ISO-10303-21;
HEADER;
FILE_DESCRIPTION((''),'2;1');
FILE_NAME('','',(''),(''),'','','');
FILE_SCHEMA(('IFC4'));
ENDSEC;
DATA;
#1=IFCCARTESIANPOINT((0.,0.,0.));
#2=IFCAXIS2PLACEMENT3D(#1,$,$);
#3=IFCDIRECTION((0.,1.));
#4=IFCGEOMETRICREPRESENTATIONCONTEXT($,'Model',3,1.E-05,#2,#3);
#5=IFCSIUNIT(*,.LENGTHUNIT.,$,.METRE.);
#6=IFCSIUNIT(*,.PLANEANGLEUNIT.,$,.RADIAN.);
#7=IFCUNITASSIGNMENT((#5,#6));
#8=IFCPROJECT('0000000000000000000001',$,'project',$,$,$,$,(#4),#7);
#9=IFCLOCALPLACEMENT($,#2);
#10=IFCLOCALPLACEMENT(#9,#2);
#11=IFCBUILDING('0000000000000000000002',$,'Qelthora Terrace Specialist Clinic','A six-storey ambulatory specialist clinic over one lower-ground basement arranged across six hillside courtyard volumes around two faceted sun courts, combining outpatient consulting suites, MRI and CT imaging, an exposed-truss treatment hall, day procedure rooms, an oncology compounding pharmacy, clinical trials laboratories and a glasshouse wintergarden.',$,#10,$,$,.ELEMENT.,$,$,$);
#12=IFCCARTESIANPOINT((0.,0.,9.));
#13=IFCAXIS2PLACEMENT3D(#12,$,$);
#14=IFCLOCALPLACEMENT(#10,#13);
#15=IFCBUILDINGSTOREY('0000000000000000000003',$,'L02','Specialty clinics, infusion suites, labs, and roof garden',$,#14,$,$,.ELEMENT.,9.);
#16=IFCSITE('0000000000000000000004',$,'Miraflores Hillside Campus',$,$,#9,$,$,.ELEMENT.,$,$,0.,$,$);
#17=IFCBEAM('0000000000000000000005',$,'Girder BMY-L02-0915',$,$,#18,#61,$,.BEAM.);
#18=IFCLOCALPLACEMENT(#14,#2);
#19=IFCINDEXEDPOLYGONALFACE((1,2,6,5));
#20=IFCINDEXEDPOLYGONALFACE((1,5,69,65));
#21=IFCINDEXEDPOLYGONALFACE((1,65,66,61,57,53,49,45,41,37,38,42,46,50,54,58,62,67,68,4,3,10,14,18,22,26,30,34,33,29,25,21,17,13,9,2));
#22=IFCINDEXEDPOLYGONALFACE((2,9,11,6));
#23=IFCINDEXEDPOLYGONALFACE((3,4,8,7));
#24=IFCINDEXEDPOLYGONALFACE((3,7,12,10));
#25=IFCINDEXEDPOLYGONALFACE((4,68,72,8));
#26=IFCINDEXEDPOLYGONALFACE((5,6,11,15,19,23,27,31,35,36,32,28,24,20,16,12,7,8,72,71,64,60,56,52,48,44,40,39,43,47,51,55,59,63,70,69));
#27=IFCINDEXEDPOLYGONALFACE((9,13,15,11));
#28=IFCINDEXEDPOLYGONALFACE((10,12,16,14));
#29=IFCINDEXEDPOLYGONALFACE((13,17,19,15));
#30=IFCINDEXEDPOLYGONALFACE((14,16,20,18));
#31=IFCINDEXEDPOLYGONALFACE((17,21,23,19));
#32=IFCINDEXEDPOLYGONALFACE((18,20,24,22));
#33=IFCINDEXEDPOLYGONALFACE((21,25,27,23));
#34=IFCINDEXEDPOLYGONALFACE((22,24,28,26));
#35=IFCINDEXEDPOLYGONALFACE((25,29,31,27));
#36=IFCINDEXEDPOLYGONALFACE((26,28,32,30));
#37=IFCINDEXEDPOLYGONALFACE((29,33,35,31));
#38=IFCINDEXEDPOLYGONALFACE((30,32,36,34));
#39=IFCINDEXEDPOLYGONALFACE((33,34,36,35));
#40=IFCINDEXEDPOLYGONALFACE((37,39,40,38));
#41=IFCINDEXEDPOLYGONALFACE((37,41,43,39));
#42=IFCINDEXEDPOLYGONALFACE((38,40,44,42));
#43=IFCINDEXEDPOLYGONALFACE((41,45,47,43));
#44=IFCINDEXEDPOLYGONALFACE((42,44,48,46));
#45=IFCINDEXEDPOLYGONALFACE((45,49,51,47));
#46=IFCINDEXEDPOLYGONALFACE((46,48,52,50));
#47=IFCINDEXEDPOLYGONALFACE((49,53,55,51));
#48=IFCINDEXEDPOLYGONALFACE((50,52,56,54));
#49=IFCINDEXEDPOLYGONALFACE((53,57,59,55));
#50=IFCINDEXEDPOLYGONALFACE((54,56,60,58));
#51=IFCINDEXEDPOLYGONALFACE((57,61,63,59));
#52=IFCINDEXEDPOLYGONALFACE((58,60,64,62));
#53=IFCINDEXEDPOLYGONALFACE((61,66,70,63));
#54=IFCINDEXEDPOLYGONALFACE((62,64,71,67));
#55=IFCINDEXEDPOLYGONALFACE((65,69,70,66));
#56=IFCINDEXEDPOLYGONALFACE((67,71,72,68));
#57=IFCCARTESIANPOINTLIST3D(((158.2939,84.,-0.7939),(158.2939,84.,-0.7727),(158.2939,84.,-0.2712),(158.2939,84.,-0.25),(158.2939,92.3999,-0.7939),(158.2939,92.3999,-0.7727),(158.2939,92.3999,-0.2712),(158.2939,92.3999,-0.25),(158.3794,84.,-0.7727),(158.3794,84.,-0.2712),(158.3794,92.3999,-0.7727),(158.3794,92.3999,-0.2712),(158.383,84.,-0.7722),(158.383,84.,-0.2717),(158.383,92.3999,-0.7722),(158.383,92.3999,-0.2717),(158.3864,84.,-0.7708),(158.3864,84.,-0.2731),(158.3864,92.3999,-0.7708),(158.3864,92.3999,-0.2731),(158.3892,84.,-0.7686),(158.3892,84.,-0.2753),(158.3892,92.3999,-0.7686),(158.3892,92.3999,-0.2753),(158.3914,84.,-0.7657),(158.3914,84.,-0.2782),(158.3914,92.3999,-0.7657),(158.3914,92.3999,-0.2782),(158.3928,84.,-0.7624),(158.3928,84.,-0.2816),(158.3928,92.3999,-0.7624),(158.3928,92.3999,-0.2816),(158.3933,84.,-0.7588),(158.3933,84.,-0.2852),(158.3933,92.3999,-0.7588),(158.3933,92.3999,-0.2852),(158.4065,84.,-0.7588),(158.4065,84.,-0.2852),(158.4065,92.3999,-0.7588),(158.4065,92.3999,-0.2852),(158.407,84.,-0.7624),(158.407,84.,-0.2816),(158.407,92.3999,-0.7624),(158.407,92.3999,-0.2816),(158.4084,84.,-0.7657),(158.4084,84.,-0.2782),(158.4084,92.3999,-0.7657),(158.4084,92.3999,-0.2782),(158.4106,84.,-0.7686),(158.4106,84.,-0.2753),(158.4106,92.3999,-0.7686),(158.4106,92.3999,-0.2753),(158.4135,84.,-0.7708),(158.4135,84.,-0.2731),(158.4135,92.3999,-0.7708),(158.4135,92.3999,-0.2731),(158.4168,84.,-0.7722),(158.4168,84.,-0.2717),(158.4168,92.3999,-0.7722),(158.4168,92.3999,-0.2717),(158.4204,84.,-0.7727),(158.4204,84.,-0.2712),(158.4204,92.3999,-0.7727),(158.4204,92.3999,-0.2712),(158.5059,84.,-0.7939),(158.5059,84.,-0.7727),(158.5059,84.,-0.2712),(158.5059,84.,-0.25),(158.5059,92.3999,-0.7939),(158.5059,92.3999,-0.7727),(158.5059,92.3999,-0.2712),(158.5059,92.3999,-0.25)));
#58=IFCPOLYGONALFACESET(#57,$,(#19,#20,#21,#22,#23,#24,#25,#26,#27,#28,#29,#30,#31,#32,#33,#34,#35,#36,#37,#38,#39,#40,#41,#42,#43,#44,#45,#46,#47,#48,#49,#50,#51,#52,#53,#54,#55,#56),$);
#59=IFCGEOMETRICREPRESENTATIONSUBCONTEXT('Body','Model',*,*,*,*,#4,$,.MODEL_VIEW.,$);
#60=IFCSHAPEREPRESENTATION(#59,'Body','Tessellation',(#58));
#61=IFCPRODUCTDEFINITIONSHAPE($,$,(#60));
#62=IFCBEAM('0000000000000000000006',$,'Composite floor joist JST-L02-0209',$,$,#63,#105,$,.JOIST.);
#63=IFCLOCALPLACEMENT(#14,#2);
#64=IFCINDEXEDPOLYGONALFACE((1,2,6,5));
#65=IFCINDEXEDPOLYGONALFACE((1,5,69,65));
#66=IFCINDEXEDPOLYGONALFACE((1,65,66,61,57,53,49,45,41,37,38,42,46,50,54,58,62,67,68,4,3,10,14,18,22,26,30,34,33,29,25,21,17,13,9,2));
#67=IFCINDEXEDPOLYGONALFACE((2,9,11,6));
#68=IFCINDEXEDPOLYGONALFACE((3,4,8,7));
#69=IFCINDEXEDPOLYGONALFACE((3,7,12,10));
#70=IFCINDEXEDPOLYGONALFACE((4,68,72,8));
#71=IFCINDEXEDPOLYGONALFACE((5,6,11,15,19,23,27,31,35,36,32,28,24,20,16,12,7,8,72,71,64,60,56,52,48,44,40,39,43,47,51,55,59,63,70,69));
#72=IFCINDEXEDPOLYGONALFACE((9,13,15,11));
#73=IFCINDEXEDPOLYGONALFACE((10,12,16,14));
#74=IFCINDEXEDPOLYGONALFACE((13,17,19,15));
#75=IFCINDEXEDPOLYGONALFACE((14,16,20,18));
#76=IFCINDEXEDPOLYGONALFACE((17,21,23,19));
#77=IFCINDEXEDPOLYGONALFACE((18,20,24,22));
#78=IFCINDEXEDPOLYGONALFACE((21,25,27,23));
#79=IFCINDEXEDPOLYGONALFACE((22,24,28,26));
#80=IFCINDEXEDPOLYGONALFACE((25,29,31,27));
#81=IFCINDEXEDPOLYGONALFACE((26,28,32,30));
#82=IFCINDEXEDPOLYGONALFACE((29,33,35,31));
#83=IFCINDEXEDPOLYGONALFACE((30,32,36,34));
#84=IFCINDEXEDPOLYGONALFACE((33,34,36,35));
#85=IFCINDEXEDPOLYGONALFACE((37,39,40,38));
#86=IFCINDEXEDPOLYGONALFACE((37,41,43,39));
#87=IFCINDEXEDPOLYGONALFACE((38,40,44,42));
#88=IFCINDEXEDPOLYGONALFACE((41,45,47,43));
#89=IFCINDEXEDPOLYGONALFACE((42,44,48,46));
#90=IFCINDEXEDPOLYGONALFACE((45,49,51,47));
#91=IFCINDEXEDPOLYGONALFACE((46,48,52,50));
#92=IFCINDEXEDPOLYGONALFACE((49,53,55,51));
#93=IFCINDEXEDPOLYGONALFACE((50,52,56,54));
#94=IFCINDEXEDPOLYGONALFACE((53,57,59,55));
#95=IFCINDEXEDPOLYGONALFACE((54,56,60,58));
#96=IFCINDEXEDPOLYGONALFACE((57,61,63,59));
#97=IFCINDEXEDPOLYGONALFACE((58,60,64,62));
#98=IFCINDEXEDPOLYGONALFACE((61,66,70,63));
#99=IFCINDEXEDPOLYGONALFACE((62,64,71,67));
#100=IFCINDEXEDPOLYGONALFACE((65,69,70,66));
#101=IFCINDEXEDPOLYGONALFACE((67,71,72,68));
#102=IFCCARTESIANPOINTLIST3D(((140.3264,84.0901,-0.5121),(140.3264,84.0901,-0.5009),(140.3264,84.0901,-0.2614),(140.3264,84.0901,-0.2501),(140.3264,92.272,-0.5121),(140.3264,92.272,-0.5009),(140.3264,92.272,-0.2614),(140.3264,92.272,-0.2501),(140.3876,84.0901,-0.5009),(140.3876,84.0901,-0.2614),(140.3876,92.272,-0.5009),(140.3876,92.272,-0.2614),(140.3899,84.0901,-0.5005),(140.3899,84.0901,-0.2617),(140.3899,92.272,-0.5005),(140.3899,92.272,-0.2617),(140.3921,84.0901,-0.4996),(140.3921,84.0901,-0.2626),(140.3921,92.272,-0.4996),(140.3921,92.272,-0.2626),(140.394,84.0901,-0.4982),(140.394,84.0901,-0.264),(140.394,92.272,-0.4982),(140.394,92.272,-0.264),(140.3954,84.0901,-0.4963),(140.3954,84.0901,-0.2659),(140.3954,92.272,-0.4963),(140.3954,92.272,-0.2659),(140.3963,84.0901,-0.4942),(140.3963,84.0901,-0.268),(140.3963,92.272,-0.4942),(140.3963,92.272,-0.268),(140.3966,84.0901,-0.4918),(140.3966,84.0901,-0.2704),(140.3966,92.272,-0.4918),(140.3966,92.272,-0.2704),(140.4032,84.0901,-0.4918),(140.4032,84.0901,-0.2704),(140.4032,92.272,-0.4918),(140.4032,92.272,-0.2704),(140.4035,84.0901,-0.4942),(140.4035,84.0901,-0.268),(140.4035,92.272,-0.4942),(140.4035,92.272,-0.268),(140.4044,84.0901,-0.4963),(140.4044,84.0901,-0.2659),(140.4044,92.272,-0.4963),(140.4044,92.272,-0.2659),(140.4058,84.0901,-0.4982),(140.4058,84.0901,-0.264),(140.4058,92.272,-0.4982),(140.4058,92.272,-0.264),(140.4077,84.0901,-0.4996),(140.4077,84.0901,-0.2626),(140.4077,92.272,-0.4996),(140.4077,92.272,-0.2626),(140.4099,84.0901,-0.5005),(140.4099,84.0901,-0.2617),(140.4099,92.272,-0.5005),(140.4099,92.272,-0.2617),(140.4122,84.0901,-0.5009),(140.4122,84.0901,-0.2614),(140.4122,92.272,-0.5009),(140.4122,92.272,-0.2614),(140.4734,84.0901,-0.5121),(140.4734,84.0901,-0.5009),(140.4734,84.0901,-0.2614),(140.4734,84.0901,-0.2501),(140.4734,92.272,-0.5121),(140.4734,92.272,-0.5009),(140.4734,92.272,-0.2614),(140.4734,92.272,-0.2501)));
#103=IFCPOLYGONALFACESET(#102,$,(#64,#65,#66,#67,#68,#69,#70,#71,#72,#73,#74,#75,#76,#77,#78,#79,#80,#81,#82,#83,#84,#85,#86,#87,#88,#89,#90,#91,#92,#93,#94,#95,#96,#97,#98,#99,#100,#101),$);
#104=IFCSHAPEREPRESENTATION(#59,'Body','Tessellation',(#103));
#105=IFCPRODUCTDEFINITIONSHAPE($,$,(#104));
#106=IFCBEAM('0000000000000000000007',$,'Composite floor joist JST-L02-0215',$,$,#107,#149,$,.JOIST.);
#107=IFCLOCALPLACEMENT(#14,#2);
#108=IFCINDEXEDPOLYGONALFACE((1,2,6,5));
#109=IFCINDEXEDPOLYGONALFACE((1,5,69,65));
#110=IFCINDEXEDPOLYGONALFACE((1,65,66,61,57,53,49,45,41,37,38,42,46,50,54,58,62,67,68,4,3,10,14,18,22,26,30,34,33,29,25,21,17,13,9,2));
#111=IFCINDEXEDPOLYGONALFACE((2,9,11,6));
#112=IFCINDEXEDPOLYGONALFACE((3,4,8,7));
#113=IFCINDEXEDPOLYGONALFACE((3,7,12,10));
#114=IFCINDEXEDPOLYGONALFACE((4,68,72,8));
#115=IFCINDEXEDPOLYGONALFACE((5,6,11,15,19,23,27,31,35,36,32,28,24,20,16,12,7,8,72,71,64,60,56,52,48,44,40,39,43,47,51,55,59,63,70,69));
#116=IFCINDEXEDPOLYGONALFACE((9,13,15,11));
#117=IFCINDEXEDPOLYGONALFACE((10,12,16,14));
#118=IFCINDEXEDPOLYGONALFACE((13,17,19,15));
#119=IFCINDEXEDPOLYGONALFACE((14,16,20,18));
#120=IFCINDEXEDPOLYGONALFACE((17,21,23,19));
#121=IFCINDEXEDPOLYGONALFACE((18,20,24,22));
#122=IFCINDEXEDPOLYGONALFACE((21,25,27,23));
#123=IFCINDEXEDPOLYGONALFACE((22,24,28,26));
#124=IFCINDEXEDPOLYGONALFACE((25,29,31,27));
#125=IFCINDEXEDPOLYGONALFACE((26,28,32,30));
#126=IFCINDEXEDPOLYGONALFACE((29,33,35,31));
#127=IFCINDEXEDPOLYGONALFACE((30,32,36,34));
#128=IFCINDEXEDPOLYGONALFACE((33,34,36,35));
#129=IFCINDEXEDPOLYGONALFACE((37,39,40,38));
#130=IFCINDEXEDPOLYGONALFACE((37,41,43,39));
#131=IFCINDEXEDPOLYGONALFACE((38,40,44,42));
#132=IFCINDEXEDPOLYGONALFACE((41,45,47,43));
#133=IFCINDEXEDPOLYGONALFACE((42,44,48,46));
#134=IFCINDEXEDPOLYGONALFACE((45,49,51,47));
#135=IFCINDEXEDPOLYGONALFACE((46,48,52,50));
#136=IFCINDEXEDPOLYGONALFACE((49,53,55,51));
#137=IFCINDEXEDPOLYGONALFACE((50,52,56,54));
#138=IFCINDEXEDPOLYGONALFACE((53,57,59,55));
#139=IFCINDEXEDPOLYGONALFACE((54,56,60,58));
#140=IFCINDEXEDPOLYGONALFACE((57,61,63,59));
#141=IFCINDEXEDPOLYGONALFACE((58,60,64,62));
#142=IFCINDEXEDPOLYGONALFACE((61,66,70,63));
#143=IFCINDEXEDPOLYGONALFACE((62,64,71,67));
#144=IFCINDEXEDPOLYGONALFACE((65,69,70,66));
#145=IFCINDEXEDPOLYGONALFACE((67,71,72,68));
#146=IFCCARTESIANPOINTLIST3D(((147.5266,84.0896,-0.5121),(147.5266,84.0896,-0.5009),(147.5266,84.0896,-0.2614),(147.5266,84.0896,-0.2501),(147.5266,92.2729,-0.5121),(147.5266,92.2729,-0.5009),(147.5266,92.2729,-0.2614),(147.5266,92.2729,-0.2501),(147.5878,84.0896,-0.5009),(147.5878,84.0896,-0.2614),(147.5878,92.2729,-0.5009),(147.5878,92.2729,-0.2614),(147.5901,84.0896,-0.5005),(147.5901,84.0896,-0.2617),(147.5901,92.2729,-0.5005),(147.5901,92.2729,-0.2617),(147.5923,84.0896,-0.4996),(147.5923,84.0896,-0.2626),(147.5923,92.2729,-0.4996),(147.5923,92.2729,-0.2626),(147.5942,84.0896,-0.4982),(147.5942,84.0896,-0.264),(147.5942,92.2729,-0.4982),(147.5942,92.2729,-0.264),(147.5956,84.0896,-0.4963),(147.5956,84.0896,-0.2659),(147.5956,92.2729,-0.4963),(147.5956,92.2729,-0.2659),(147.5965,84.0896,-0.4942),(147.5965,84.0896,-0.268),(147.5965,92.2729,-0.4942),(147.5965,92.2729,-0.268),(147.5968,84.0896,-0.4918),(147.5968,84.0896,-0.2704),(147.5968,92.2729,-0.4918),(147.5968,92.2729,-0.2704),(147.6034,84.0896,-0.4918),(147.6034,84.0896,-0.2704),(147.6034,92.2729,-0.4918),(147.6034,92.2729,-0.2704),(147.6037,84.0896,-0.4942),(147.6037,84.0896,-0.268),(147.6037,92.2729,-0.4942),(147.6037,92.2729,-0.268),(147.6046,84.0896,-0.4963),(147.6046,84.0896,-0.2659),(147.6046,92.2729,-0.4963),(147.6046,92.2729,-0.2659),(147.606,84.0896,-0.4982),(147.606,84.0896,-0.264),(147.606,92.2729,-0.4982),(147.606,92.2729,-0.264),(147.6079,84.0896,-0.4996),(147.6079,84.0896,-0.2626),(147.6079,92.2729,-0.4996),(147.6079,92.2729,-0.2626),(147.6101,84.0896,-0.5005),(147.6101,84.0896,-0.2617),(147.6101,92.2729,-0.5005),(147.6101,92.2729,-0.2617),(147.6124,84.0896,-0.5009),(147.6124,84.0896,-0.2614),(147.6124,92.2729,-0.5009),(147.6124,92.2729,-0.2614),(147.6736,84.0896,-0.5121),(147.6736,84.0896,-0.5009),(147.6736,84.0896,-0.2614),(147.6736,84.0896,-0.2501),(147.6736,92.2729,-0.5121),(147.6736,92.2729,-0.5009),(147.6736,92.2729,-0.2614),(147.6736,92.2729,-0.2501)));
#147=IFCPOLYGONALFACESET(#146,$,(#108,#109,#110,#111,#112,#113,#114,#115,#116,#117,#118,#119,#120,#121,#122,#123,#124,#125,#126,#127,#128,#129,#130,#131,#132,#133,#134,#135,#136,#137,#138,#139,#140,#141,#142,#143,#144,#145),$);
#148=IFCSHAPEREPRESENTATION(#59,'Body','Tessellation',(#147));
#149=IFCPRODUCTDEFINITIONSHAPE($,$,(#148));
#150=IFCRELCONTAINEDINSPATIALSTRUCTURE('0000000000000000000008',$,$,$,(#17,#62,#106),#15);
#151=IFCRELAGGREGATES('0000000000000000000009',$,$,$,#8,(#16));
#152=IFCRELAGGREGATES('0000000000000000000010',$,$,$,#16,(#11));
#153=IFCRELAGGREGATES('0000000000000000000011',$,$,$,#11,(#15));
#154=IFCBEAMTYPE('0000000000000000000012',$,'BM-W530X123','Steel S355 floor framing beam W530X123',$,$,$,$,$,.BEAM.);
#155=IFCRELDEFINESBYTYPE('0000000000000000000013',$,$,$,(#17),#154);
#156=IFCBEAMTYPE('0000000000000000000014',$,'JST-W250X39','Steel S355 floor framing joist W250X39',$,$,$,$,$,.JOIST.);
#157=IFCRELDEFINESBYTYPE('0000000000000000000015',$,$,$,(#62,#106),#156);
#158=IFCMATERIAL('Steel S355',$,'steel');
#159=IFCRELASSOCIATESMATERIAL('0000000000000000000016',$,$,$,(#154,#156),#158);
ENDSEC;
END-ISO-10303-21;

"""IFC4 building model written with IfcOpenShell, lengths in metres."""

from ifc_helpers import new_model, si_unit, direction, frame, origin, origin_2d, place, context, subcontext, project, spatial, i_section, extrude, material, material_profile, profile_set, type_object, element, save


model = new_model("IFC4")

# Units and contexts
model_context = context("Model", 3, precision=1e-05, world=origin(), true_north=direction((0.0, 1.0)))
body_context = subcontext(model_context, "Body", "Model", "MODEL_VIEW")
ifc_project = project(units=[si_unit("LENGTHUNIT", "METRE"), si_unit("PLANEANGLEUNIT", "RADIAN")], contexts=[model_context])

# Site, building, storey
site_placement = place(None, origin())
site = spatial("IfcSite", under=ifc_project, at=site_placement, Name="Miraflores Hillside Campus", CompositionType="ELEMENT", RefElevation=0.0)
building_placement = place(site_placement, origin())
building = spatial("IfcBuilding", under=site, at=building_placement, Name="Qelthora Terrace Specialist Clinic", Description="A six-storey ambulatory specialist clinic over one lower-ground basement arranged across six hillside courtyard volumes around two faceted sun courts, combining outpatient consulting suites, MRI and CT imaging, an exposed-truss treatment hall, day procedure rooms, an oncology compounding pharmacy, clinical trials laboratories and a glasshouse wintergarden.", CompositionType="ELEMENT")
storey_placement = place(building_placement, frame((0.0, 0.0, 9.0)))
storey = spatial("IfcBuildingStorey", under=building, at=storey_placement, Name="L02", Description="Specialty clinics, infusion suites, labs, and roof garden", CompositionType="ELEMENT", Elevation=9.0)

# Shared definitions
ifc_material_1 = material(Name="Steel S355", Category="steel")

# Beams
ifc_material_profile_1 = material_profile(ifc_material_1, i_section(OverallWidth=0.2119, OverallDepth=0.5439, WebThickness=0.0132, FlangeThickness=0.0212, FilletRadius=0.0139, at=origin_2d()), Name="W530X123")
ifc_profile_set_1 = profile_set([ifc_material_profile_1], Name="Steel S355")
beam_type_1 = type_object("IfcBeamType", Name="BM-W530X123", Description="Steel S355 floor framing beam W530X123", PredefinedType="BEAM", material=ifc_profile_set_1)
beam_1_placement = place(storey_placement, frame((158.3999, 84.0, -0.522), z_axis=(0.0, 1.0, 0.0), x_axis=(-1.0, 0.0, 0.0)))
element("IfcBeam", 1, at=beam_1_placement, inside=storey, type_object=beam_type_1, Name="Girder BMY-L02-0915", PredefinedType="BEAM", context=body_context, shape_type="SweptSolid", body=[
    extrude(i_section(OverallWidth=0.2119, OverallDepth=0.5439, WebThickness=0.0132, FlangeThickness=0.0212, FilletRadius=0.0139, at=origin_2d()), origin(), (0.0, 0.0, 1.0), 8.3999),
])
ifc_material_profile_2 = material_profile(ifc_material_1, i_section(OverallWidth=0.147, OverallDepth=0.262, WebThickness=0.0066, FlangeThickness=0.0112, FilletRadius=0.009, at=origin_2d()), Name="W250X39")
ifc_profile_set_2 = profile_set([ifc_material_profile_2], Name="Steel S355")
beam_type_2 = type_object("IfcBeamType", Name="JST-W250X39", Description="Steel S355 floor framing joist W250X39", PredefinedType="JOIST", material=ifc_profile_set_2)
beam_2_placement = place(storey_placement, frame((140.3999, 84.0901, -0.3811), z_axis=(0.0, 1.0, 0.0), x_axis=(-1.0, 0.0, 0.0)))
element("IfcBeam", 2, at=beam_2_placement, inside=storey, type_object=beam_type_2, Name="Composite floor joist JST-L02-0209", PredefinedType="JOIST", context=body_context, shape_type="SweptSolid", body=[
    extrude(i_section(OverallWidth=0.147, OverallDepth=0.262, WebThickness=0.0066, FlangeThickness=0.0112, FilletRadius=0.009, at=origin_2d()), origin(), (0.0, 0.0, 1.0), 8.1819),
])
beam_3_placement = place(storey_placement, frame((147.6001, 84.0896, -0.3811), z_axis=(0.0, 1.0, 0.0), x_axis=(-1.0, 0.0, 0.0)))
element("IfcBeam", 3, at=beam_3_placement, inside=storey, type_object=beam_type_2, Name="Composite floor joist JST-L02-0215", PredefinedType="JOIST", context=body_context, shape_type="SweptSolid", body=[
    extrude(i_section(OverallWidth=0.147, OverallDepth=0.262, WebThickness=0.0066, FlangeThickness=0.0112, FilletRadius=0.009, at=origin_2d()), origin(), (0.0, 0.0, 1.0), 8.1833),
])

save(model, "model.ifc")
